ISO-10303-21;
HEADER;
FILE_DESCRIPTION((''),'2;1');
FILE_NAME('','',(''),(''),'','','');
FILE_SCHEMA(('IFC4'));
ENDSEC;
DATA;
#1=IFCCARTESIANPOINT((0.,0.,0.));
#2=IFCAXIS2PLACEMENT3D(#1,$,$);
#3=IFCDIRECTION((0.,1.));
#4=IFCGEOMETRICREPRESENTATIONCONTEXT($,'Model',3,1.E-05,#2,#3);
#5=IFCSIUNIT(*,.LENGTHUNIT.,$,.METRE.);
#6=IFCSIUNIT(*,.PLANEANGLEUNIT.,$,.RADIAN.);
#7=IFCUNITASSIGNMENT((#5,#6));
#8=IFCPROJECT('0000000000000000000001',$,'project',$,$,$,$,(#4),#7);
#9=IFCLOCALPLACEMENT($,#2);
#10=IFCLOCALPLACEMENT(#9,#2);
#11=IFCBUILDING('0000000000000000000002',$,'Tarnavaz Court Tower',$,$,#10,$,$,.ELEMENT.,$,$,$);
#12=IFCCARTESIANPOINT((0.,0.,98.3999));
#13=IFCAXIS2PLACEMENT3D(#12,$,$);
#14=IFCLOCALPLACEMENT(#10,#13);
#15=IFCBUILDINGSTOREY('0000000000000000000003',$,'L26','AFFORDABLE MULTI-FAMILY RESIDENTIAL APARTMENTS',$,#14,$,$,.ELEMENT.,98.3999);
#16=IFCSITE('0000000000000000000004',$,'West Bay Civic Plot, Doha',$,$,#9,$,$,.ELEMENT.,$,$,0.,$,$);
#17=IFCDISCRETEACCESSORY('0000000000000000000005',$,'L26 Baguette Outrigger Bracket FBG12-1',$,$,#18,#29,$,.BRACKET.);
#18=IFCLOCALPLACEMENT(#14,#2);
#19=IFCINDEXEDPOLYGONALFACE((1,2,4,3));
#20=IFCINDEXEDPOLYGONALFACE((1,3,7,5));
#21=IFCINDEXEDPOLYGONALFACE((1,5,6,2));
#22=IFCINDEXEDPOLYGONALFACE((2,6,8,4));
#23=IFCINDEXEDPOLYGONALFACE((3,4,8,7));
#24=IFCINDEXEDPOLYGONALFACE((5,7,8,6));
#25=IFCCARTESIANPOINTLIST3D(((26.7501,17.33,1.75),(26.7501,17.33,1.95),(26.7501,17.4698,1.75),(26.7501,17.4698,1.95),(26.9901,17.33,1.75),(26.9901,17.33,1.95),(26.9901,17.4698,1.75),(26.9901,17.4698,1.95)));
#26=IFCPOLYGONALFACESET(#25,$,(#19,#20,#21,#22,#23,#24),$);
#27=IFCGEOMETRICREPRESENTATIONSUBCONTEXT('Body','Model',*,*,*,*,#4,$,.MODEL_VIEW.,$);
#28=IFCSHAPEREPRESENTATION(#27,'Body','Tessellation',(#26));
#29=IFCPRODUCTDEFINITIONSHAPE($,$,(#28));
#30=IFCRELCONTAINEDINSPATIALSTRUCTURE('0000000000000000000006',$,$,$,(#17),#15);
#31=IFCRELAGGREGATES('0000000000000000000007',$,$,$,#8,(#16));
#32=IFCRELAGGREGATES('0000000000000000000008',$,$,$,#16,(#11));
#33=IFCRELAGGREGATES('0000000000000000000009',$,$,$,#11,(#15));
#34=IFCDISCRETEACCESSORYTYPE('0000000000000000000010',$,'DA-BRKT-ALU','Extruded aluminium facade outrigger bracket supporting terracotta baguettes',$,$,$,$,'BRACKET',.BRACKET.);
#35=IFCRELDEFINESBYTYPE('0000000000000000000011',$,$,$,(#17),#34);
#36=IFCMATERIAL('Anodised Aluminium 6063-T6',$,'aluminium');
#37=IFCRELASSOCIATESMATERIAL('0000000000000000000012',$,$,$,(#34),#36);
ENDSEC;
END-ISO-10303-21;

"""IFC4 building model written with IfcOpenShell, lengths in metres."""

from ifc_helpers import new_model, si_unit, direction, frame, origin, origin_2d, place, context, subcontext, project, spatial, rectangle, extrude, material, type_object, element, save


model = new_model("IFC4")

# Units and contexts
model_context = context("Model", 3, precision=1e-05, world=origin(), true_north=direction((0.0, 1.0)))
body_context = subcontext(model_context, "Body", "Model", "MODEL_VIEW")
ifc_project = project(units=[si_unit("LENGTHUNIT", "METRE"), si_unit("PLANEANGLEUNIT", "RADIAN")], contexts=[model_context])

# Site, building, storey
site_placement = place(None, origin())
site = spatial("IfcSite", under=ifc_project, at=site_placement, Name="West Bay Civic Plot, Doha", CompositionType="ELEMENT", RefElevation=0.0)
building_placement = place(site_placement, origin())
building = spatial("IfcBuilding", under=site, at=building_placement, Name="Tarnavaz Court Tower", CompositionType="ELEMENT")
storey_placement = place(building_placement, frame((0.0, 0.0, 98.3999)))
storey = spatial("IfcBuildingStorey", under=building, at=storey_placement, Name="L26", Description="AFFORDABLE MULTI-FAMILY RESIDENTIAL APARTMENTS", CompositionType="ELEMENT", Elevation=98.3999)

# Discrete accessory
ifc_material_1 = material(Name="Anodised Aluminium 6063-T6", Category="aluminium")
discrete_accessory_type = type_object("IfcDiscreteAccessoryType", Name="DA-BRKT-ALU", Description="Extruded aluminium facade outrigger bracket supporting terracotta baguettes", ElementType="BRACKET", PredefinedType="BRACKET", material=ifc_material_1)
for number, where, z_axis, x_axis, name in (
    (1, (26.8701, 17.3999, 1.75), (0.0, 0.0, 1.0), (0.0, -1.0, 0.0), "L26 Baguette Outrigger Bracket FBG12-1"),
):
    element("IfcDiscreteAccessory", number, at=place(storey_placement, frame(where, z_axis=z_axis, x_axis=x_axis)), inside=storey, type_object=discrete_accessory_type, Name=name, PredefinedType="BRACKET", context=body_context, shape_type="SweptSolid", body=[
        extrude(rectangle(XDim=0.1399, YDim=0.24, at=origin_2d()), origin(), (0.0, 0.0, 1.0), 0.2),
    ])

save(model, "model.ifc")
